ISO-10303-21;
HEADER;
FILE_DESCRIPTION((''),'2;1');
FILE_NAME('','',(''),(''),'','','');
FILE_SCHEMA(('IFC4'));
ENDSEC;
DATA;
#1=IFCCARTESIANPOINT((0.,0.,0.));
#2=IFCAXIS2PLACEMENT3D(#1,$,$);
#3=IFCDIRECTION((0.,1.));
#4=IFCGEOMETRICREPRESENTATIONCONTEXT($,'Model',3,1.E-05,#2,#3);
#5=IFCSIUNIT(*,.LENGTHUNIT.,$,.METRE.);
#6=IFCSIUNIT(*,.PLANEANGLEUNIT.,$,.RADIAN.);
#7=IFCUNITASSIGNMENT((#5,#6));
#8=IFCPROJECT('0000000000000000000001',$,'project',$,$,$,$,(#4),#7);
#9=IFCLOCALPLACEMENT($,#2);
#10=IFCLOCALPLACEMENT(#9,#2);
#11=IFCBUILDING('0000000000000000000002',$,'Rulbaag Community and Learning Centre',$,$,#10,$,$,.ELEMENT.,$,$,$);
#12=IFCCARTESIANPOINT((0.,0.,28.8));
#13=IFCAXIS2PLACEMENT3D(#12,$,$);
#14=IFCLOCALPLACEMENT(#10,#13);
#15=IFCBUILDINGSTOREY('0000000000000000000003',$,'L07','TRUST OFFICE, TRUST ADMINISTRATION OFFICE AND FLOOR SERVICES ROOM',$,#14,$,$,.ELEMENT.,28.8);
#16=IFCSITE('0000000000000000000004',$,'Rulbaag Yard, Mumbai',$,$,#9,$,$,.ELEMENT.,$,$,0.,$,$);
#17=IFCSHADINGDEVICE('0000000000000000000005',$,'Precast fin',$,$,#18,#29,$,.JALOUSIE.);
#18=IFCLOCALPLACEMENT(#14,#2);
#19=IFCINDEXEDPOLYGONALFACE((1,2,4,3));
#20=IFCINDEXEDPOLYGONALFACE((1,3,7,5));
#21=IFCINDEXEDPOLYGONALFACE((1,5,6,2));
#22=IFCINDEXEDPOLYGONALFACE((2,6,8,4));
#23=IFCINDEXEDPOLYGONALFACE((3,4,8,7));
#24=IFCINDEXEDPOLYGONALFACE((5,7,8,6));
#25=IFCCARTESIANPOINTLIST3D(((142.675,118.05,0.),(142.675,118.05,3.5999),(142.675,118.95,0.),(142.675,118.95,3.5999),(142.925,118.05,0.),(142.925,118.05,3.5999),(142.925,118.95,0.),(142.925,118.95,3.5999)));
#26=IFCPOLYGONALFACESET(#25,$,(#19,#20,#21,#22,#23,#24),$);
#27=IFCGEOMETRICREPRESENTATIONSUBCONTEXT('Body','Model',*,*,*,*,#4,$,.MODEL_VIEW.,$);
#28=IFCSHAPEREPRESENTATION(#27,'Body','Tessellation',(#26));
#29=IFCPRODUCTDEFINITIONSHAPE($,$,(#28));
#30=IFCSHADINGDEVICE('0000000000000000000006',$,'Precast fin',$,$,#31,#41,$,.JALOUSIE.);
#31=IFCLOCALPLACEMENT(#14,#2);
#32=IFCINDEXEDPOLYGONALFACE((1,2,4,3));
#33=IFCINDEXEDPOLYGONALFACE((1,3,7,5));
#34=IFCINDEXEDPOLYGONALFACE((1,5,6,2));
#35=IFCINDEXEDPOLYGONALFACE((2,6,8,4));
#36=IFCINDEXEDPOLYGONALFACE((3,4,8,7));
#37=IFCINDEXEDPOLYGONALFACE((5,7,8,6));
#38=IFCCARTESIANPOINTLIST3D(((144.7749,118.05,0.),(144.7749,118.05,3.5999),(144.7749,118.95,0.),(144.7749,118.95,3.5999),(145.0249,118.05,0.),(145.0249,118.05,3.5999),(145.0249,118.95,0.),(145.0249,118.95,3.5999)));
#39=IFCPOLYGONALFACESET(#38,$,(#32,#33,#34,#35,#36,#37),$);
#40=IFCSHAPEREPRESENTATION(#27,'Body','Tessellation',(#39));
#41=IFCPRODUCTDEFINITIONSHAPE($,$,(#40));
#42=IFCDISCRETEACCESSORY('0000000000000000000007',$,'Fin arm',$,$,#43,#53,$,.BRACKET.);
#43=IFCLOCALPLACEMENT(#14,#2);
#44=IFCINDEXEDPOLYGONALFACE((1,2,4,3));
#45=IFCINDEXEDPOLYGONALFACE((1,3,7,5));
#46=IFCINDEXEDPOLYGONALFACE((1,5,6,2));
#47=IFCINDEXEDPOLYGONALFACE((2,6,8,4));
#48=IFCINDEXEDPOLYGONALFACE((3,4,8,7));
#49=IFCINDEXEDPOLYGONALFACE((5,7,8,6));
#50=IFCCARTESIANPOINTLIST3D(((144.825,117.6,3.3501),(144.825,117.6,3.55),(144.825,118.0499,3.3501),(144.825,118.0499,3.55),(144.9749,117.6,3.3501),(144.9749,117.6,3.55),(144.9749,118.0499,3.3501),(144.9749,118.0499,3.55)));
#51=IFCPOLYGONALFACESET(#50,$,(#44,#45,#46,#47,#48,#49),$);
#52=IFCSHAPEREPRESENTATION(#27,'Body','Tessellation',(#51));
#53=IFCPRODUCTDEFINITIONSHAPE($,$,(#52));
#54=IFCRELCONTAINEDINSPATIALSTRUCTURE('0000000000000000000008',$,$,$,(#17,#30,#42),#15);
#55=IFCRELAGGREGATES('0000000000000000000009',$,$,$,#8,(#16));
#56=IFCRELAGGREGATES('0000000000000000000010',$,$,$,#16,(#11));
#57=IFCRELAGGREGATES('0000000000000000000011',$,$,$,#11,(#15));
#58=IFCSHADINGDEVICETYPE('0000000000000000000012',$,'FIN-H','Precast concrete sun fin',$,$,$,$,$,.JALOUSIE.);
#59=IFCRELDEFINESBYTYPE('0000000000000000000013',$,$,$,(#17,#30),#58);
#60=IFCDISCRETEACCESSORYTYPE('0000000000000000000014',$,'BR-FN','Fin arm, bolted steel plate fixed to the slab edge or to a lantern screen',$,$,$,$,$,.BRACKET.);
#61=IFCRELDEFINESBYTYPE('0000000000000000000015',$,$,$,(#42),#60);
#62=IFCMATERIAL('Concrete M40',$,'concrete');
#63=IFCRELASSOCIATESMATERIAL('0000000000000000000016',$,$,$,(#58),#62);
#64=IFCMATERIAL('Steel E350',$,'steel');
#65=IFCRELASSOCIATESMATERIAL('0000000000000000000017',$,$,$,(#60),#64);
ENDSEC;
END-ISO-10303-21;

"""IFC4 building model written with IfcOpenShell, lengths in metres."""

from ifc_helpers import new_model, si_unit, direction, frame, origin, origin_2d, place, context, subcontext, project, spatial, rectangle, extrude, material, material_profile, profile_set, type_object, element, save


model = new_model("IFC4")

# Units and contexts
model_context = context("Model", 3, precision=1e-05, world=origin(), true_north=direction((0.0, 1.0)))
body_context = subcontext(model_context, "Body", "Model", "MODEL_VIEW")
ifc_project = project(units=[si_unit("LENGTHUNIT", "METRE"), si_unit("PLANEANGLEUNIT", "RADIAN")], contexts=[model_context])

# Site, building, storey
site_placement = place(None, origin())
site = spatial("IfcSite", under=ifc_project, at=site_placement, Name="Rulbaag Yard, Mumbai", CompositionType="ELEMENT", RefElevation=0.0)
building_placement = place(site_placement, origin())
building = spatial("IfcBuilding", under=site, at=building_placement, Name="Rulbaag Community and Learning Centre", CompositionType="ELEMENT")
storey_placement = place(building_placement, frame((0.0, 0.0, 28.8)))
storey = spatial("IfcBuildingStorey", under=building, at=storey_placement, Name="L07", Description="TRUST OFFICE, TRUST ADMINISTRATION OFFICE AND FLOOR SERVICES ROOM", CompositionType="ELEMENT", Elevation=28.8)

# Shared definitions
ifc_material_1 = material(Name="Concrete M40", Category="concrete")

# Shading devices
ifc_material_profile_1 = material_profile(ifc_material_1, rectangle(XDim=0.25, YDim=0.8999, at=origin_2d()), Name="PC 250x900")
ifc_profile_set_1 = profile_set([ifc_material_profile_1], Name="Concrete M40")
shading_device_type = type_object("IfcShadingDeviceType", Name="FIN-H", Description="Precast concrete sun fin", PredefinedType="JALOUSIE", material=ifc_profile_set_1)
for number, where, z_axis, x_axis, name in (
    (1, (142.8, 118.5, 0.0), (0.0, 0.0, 1.0), (1.0, 0.0, 0.0), "Precast fin"),
    (2, (144.8999, 118.5, 0.0), (0.0, 0.0, 1.0), (1.0, 0.0, 0.0), "Precast fin"),
):
    element("IfcShadingDevice", number, at=place(storey_placement, frame(where, z_axis=z_axis, x_axis=x_axis)), inside=storey, type_object=shading_device_type, Name=name, PredefinedType="JALOUSIE", context=body_context, shape_type="SweptSolid", body=[
        extrude(rectangle(XDim=0.25, YDim=0.8999, at=origin_2d()), origin(), (0.0, 0.0, 1.0), 3.5999),
    ])

# Discrete accessory
ifc_material_2 = material(Name="Steel E350", Category="steel")
discrete_accessory_type = type_object("IfcDiscreteAccessoryType", Name="BR-FN", Description="Fin arm, bolted steel plate fixed to the slab edge or to a lantern screen", PredefinedType="BRACKET", material=ifc_material_2)
discrete_accessory_placement = place(storey_placement, frame((144.8999, 117.825, 3.3501), z_axis=(0.0, 0.0, 1.0), x_axis=(1.0, 0.0, 0.0)))
element("IfcDiscreteAccessory", 3, at=discrete_accessory_placement, inside=storey, type_object=discrete_accessory_type, Name="Fin arm", PredefinedType="BRACKET", context=body_context, shape_type="SweptSolid", body=[
    extrude(rectangle(XDim=0.1499, YDim=0.45, at=origin_2d()), origin(), (0.0, 0.0, 1.0), 0.2),
])

save(model, "model.ifc")
